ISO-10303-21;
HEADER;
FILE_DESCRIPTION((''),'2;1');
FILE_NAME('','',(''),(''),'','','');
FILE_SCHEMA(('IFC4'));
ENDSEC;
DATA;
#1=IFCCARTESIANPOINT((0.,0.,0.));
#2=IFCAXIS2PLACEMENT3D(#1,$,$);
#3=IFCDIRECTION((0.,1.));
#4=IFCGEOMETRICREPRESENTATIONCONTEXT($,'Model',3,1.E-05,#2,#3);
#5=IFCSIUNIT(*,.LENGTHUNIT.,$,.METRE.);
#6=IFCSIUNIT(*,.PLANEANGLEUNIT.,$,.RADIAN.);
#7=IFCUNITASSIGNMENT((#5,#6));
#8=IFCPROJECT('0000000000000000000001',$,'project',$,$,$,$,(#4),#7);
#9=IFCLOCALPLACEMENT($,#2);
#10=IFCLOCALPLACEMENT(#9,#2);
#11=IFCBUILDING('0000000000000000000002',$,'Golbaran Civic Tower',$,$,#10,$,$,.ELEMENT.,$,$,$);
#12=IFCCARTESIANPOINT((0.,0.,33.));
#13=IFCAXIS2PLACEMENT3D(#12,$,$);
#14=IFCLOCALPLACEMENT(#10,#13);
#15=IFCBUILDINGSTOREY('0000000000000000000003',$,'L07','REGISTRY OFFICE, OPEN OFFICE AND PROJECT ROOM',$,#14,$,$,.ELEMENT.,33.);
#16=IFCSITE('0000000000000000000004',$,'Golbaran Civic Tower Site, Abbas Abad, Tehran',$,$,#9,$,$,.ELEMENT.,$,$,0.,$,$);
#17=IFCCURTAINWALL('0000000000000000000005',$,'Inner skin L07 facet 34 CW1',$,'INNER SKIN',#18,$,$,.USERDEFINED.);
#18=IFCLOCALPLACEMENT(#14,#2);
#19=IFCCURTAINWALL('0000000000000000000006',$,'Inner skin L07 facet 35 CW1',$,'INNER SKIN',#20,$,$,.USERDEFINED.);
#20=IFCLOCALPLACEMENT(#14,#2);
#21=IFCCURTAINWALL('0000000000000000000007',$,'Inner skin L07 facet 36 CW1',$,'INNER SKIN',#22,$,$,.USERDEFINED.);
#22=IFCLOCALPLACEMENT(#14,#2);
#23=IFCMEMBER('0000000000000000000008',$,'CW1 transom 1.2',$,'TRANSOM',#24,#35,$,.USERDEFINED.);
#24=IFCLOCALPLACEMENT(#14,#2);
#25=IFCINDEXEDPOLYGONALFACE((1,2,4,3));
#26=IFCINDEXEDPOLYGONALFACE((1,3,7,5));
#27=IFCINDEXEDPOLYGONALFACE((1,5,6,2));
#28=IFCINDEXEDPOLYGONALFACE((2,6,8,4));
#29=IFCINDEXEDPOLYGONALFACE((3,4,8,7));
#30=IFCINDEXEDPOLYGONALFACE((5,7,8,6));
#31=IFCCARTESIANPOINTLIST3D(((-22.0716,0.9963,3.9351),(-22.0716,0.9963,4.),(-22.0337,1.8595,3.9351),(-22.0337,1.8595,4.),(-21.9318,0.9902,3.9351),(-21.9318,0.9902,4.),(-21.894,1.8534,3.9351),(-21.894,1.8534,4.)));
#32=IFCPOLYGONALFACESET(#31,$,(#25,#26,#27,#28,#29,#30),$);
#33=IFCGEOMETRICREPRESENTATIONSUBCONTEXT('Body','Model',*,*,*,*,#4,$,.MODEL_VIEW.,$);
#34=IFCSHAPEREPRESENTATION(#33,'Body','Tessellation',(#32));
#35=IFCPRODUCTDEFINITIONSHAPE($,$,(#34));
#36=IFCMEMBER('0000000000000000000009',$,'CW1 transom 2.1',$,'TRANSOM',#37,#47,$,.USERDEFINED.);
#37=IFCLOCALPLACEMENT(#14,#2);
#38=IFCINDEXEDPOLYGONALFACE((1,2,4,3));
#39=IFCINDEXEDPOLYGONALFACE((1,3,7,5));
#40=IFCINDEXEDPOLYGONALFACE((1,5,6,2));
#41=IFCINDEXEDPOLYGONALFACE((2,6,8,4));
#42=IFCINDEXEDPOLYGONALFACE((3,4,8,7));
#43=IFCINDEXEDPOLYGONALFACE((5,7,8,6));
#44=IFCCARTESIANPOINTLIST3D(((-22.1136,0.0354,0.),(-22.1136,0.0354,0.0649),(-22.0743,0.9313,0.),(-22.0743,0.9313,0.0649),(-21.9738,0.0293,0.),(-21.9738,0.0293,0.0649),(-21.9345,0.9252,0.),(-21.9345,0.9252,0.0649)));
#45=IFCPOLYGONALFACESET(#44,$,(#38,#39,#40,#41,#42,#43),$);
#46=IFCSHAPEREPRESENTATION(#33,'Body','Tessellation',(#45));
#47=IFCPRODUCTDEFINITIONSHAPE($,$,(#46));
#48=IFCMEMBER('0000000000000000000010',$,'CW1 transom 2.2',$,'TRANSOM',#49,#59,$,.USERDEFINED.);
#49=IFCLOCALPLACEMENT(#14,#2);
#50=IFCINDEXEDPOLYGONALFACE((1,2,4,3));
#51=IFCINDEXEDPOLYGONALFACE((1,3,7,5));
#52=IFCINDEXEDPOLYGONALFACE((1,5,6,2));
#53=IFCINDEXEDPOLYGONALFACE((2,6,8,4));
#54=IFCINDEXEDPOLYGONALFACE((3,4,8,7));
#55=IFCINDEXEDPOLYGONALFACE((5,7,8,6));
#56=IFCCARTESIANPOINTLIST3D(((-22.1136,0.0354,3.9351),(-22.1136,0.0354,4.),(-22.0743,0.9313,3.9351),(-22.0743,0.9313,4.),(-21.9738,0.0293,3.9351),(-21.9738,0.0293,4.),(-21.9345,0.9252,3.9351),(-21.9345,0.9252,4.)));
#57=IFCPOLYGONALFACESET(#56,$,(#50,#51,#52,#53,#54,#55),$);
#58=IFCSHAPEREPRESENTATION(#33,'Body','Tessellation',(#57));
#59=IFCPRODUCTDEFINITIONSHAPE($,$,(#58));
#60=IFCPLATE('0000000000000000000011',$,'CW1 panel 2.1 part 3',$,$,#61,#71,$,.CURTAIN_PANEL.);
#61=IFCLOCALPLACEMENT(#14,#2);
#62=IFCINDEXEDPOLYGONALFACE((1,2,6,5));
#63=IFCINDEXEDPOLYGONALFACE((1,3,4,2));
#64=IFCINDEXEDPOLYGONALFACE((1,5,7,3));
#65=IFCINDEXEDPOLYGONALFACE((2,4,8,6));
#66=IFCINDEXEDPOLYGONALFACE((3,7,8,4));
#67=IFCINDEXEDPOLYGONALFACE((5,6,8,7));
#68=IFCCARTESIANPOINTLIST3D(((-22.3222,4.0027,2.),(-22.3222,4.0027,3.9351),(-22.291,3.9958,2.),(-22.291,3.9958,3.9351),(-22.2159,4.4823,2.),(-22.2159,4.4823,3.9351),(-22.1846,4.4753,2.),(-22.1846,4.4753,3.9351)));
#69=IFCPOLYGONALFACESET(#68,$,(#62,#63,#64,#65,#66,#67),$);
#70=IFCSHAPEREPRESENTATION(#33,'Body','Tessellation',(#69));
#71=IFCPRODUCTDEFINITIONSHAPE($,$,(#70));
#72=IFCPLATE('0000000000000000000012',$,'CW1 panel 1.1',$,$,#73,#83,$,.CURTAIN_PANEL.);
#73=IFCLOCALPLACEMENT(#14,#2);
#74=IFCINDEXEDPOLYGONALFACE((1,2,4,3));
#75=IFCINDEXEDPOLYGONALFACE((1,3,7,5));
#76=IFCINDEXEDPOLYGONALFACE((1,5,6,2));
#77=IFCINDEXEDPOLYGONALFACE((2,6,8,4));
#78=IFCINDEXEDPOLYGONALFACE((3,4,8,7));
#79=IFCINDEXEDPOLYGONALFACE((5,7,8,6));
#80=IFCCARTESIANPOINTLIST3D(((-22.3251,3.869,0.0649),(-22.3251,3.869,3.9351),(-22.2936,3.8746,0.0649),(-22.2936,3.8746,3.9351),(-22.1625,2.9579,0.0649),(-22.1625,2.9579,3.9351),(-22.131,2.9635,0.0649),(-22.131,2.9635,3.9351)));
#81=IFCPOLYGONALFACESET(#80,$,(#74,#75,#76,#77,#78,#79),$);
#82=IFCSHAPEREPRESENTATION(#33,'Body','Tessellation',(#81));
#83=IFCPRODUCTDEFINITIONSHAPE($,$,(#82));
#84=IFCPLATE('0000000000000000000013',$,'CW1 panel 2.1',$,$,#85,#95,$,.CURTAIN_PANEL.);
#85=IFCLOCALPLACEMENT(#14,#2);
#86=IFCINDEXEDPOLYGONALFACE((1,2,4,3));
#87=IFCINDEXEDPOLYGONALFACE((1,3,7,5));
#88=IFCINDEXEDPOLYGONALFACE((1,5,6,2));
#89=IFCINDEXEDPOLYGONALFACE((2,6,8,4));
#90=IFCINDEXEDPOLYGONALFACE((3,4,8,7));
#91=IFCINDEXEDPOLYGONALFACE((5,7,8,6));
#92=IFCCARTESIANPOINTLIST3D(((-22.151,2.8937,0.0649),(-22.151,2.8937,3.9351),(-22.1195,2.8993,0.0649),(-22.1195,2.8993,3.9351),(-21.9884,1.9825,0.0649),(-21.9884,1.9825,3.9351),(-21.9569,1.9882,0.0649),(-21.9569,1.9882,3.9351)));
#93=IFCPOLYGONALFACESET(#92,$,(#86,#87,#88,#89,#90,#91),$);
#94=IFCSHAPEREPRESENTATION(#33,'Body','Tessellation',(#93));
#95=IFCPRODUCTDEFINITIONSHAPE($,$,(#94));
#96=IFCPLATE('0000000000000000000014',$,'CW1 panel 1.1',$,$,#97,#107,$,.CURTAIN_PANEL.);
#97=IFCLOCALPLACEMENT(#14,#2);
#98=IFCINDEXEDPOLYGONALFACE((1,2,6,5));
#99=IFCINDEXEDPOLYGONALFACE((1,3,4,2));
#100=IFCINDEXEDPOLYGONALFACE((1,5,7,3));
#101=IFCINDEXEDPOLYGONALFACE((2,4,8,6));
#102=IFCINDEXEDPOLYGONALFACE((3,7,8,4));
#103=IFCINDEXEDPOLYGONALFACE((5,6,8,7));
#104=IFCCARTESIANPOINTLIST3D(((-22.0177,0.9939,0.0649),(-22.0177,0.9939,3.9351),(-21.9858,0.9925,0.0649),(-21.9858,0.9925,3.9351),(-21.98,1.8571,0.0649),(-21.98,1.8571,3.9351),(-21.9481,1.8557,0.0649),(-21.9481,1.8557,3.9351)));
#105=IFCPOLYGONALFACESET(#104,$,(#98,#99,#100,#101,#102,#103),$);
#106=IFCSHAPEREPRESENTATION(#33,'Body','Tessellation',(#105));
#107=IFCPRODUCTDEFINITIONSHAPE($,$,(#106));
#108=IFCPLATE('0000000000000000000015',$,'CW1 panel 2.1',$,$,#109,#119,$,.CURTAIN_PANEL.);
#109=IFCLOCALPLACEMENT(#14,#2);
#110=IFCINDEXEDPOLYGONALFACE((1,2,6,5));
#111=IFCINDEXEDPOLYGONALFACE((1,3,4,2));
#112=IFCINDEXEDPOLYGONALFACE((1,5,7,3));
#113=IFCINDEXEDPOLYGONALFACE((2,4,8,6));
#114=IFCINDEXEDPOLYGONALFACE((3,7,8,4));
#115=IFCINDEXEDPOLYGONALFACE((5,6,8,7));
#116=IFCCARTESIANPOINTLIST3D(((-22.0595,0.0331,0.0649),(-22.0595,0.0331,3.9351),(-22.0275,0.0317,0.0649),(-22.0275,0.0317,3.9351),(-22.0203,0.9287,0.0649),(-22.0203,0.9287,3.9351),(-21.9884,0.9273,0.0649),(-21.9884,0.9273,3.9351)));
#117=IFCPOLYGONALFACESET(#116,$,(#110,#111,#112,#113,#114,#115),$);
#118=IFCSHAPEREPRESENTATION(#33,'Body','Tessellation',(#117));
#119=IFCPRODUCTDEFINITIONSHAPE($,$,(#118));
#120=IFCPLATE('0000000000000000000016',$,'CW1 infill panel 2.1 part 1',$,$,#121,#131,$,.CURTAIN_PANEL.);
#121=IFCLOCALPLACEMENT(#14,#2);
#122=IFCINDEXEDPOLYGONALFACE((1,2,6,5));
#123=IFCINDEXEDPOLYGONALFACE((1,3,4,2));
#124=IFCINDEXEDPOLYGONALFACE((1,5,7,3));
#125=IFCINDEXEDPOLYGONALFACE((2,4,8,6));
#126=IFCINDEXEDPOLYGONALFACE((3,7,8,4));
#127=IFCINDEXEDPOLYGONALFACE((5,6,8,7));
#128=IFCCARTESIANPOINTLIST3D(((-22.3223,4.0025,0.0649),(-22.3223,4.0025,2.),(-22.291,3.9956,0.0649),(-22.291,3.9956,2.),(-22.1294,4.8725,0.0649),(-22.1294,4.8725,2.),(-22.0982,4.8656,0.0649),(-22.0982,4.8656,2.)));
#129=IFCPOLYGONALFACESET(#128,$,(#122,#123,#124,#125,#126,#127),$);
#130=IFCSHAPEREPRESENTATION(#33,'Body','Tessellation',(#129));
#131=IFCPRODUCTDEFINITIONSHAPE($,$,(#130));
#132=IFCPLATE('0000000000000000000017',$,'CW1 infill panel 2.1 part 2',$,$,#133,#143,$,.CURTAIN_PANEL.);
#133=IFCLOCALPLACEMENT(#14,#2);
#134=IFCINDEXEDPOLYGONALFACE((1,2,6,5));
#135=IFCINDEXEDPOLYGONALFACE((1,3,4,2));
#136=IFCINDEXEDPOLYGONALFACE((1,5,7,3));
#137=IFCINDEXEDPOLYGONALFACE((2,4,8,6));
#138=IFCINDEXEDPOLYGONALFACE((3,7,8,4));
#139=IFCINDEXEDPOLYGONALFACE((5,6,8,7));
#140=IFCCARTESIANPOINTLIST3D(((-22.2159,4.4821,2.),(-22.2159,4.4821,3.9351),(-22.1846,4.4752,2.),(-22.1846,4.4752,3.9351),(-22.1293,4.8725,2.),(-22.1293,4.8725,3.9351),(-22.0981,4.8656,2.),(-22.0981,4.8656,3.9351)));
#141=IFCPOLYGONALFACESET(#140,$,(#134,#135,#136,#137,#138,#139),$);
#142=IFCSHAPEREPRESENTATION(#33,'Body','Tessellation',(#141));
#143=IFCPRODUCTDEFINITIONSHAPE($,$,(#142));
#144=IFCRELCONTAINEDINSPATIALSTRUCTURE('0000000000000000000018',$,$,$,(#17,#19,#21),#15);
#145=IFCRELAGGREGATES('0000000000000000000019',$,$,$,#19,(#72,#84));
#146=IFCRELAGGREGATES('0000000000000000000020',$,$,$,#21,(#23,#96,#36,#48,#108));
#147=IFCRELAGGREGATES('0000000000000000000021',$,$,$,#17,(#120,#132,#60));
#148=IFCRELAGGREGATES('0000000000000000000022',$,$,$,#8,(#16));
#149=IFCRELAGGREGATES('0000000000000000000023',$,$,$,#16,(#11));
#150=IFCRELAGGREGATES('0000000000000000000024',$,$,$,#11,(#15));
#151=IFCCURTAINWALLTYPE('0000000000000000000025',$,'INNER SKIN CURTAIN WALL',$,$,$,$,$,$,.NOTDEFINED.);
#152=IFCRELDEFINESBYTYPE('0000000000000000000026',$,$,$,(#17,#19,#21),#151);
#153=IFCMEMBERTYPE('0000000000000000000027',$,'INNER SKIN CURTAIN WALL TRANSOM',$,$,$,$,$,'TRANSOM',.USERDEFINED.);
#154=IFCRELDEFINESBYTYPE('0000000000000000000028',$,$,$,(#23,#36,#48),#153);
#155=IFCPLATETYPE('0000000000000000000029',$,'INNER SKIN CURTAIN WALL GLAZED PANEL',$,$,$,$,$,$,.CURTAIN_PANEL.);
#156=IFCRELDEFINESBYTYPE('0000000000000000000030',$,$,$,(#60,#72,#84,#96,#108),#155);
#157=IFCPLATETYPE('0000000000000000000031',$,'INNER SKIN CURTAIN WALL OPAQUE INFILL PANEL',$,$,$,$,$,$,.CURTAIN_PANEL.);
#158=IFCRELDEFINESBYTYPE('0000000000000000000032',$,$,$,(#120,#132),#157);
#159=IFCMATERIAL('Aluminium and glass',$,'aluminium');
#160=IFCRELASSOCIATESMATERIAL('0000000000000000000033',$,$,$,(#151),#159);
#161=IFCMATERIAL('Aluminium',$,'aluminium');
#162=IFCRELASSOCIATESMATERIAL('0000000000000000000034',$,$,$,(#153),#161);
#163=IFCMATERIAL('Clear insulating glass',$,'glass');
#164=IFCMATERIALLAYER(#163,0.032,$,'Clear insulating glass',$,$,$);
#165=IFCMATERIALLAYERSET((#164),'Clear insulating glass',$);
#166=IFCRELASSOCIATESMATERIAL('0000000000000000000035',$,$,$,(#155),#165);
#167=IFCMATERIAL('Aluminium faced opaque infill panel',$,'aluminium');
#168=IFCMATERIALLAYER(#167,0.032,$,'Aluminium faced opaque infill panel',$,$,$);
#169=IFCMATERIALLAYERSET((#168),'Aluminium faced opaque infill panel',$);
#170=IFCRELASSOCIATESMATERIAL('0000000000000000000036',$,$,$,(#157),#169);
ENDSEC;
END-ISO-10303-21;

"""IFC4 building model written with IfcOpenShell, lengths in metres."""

from ifc_helpers import new_model, si_unit, direction, frame, origin, origin_2d, place, context, subcontext, project, spatial, rectangle, extrude, material, layer, layer_set, material_profile, profile_set, type_object, element, aggregate, save


model = new_model("IFC4")

# Units and contexts
model_context = context("Model", 3, precision=1e-05, world=origin(), true_north=direction((0.0, 1.0)))
body_context = subcontext(model_context, "Body", "Model", "MODEL_VIEW")
ifc_project = project(units=[si_unit("LENGTHUNIT", "METRE"), si_unit("PLANEANGLEUNIT", "RADIAN")], contexts=[model_context])

# Site, building, storey
site_placement = place(None, origin())
site = spatial("IfcSite", under=ifc_project, at=site_placement, Name="Golbaran Civic Tower Site, Abbas Abad, Tehran", CompositionType="ELEMENT", RefElevation=0.0)
building_placement = place(site_placement, origin())
building = spatial("IfcBuilding", under=site, at=building_placement, Name="Golbaran Civic Tower", CompositionType="ELEMENT")
storey_placement = place(building_placement, frame((0.0, 0.0, 33.0)))
storey = spatial("IfcBuildingStorey", under=building, at=storey_placement, Name="L07", Description="REGISTRY OFFICE, OPEN OFFICE AND PROJECT ROOM", CompositionType="ELEMENT", Elevation=33.0)

# Curtain walls
ifc_material_1 = material(Name="Aluminium and glass", Category="aluminium")
curtain_wall_type = type_object("IfcCurtainWallType", Name="INNER SKIN CURTAIN WALL", PredefinedType="NOTDEFINED", material=ifc_material_1)
curtain_wall_1_placement = place(storey_placement, origin())
curtain_wall_1 = element("IfcCurtainWall", 1, at=curtain_wall_1_placement, inside=storey, type_object=curtain_wall_type, Name="Inner skin L07 facet 34 CW1", ObjectType="INNER SKIN", PredefinedType="USERDEFINED")
ifc_material_2 = material(Name="Aluminium", Category="aluminium")
curtain_wall_2_placement = place(storey_placement, origin())
curtain_wall_2 = element("IfcCurtainWall", 2, at=curtain_wall_2_placement, inside=storey, type_object=curtain_wall_type, Name="Inner skin L07 facet 35 CW1", ObjectType="INNER SKIN", PredefinedType="USERDEFINED")
curtain_wall_3_placement = place(storey_placement, origin())
curtain_wall_3 = element("IfcCurtainWall", 3, at=curtain_wall_3_placement, inside=storey, type_object=curtain_wall_type, Name="Inner skin L07 facet 36 CW1", ObjectType="INNER SKIN", PredefinedType="USERDEFINED")

# Members
ifc_material_profile_1 = material_profile(ifc_material_2, rectangle(XDim=0.1399, YDim=0.0649, at=origin_2d()), Name="INNER SKIN CURTAIN WALL TRANSOM")
ifc_profile_set_1 = profile_set([ifc_material_profile_1], Name="Aluminium")
member_type_1 = type_object("IfcMemberType", Name="INNER SKIN CURTAIN WALL TRANSOM", ElementType="TRANSOM", PredefinedType="USERDEFINED", material=ifc_profile_set_1)
member_1_placement = place(storey_placement, frame((-21.9639, 1.8564, 3.9675), z_axis=(-0.043793, -0.999041, 0.0), x_axis=(0.999041, -0.043793, 0.0)))
member_1 = element("IfcMember", 4, at=member_1_placement, type_object=member_type_1, Name="CW1 transom 1.2", ObjectType="TRANSOM", PredefinedType="USERDEFINED", context=body_context, shape_type="SweptSolid", body=[
    extrude(rectangle(XDim=0.1399, YDim=0.0649, at=origin_2d()), origin(), (0.0, 0.0, 1.0), 0.864),
])
member_2_placement = place(storey_placement, frame((-22.0044, 0.9282, 0.0325), z_axis=(-0.043839, -0.999039, 0.0), x_axis=(0.999039, -0.043839, 0.0)))
member_2 = element("IfcMember", 5, at=member_2_placement, type_object=member_type_1, Name="CW1 transom 2.1", ObjectType="TRANSOM", PredefinedType="USERDEFINED", context=body_context, shape_type="SweptSolid", body=[
    extrude(rectangle(XDim=0.1399, YDim=0.0649, at=origin_2d()), origin(), (0.0, 0.0, 1.0), 0.8967),
])
member_3_placement = place(storey_placement, frame((-22.0044, 0.9282, 3.9675), z_axis=(-0.043839, -0.999039, 0.0), x_axis=(0.999039, -0.043839, 0.0)))
member_3 = element("IfcMember", 6, at=member_3_placement, type_object=member_type_1, Name="CW1 transom 2.2", ObjectType="TRANSOM", PredefinedType="USERDEFINED", context=body_context, shape_type="SweptSolid", body=[
    extrude(rectangle(XDim=0.1399, YDim=0.0649, at=origin_2d()), origin(), (0.0, 0.0, 1.0), 0.8967),
])

# Plates
ifc_material_3 = material(Name="Clear insulating glass", Category="glass")
ifc_layer_1 = layer(ifc_material_3, 0.032, Name="Clear insulating glass")
ifc_layer_set_1 = layer_set([ifc_layer_1], Name="Clear insulating glass")
plate_type_1 = type_object("IfcPlateType", Name="INNER SKIN CURTAIN WALL GLAZED PANEL", PredefinedType="CURTAIN_PANEL", material=ifc_layer_set_1)
plate_1_placement = place(storey_placement, frame((-22.2534, 4.239, 2.0), z_axis=(0.0, 0.0, 1.0), x_axis=(-0.21644, -0.976296, 0.0)))
plate_1 = element("IfcPlate", 7, at=plate_1_placement, type_object=plate_type_1, Name="CW1 panel 2.1 part 3", PredefinedType="CURTAIN_PANEL", context=body_context, shape_type="SweptSolid", body=[
    extrude(rectangle(XDim=0.4912, YDim=0.032, at=origin_2d()), origin(), (0.0, 0.0, 1.0), 1.9351),
])
plate_2_placement = place(storey_placement, frame((-22.228, 3.4163, 0.0649), z_axis=(0.0, 0.0, 1.0), x_axis=(0.175717, -0.984441, 0.0)))
plate_2 = element("IfcPlate", 8, at=plate_2_placement, type_object=plate_type_1, Name="CW1 panel 1.1", PredefinedType="CURTAIN_PANEL", context=body_context, shape_type="SweptSolid", body=[
    extrude(rectangle(XDim=0.9255, YDim=0.032, at=origin_2d()), origin(), (0.0, 0.0, 1.0), 3.8701),
])
plate_3_placement = place(storey_placement, frame((-22.054, 2.4409, 0.0649), z_axis=(0.0, 0.0, 1.0), x_axis=(0.175717, -0.984441, 0.0)))
plate_3 = element("IfcPlate", 9, at=plate_3_placement, type_object=plate_type_1, Name="CW1 panel 2.1", PredefinedType="CURTAIN_PANEL", context=body_context, shape_type="SweptSolid", body=[
    extrude(rectangle(XDim=0.9255, YDim=0.032, at=origin_2d()), origin(), (0.0, 0.0, 1.0), 3.8701),
])
aggregate(curtain_wall_2, [plate_2, plate_3])
plate_4_placement = place(storey_placement, frame((-21.9829, 1.4248, 0.0649), z_axis=(0.0, 0.0, 1.0), x_axis=(-0.043619, -0.999048, 0.0)))
plate_4 = element("IfcPlate", 10, at=plate_4_placement, type_object=plate_type_1, Name="CW1 panel 1.1", PredefinedType="CURTAIN_PANEL", context=body_context, shape_type="SweptSolid", body=[
    extrude(rectangle(XDim=0.864, YDim=0.032, at=origin_2d()), origin(), (0.0, 0.0, 1.0), 3.8701),
])
plate_5_placement = place(storey_placement, frame((-22.0239, 0.4802, 0.0649), z_axis=(0.0, 0.0, 1.0), x_axis=(-0.043619, -0.999048, 0.0)))
plate_5 = element("IfcPlate", 11, at=plate_5_placement, type_object=plate_type_1, Name="CW1 panel 2.1", PredefinedType="CURTAIN_PANEL", context=body_context, shape_type="SweptSolid", body=[
    extrude(rectangle(XDim=0.8965, YDim=0.032, at=origin_2d()), origin(), (0.0, 0.0, 1.0), 3.8701),
])
aggregate(curtain_wall_3, [member_1, plate_4, member_2, member_3, plate_5])
ifc_material_4 = material(Name="Aluminium faced opaque infill panel", Category="aluminium")
ifc_layer_2 = layer(ifc_material_4, 0.032, Name="Aluminium faced opaque infill panel")
ifc_layer_set_2 = layer_set([ifc_layer_2], Name="Aluminium faced opaque infill panel")
plate_type_2 = type_object("IfcPlateType", Name="INNER SKIN CURTAIN WALL OPAQUE INFILL PANEL", PredefinedType="CURTAIN_PANEL", material=ifc_layer_set_2)
plate_6_placement = place(storey_placement, frame((-22.2102, 4.4341, 0.0649), z_axis=(0.0, 0.0, 1.0), x_axis=(-0.21644, -0.976296, 0.0)))
plate_6 = element("IfcPlate", 12, at=plate_6_placement, type_object=plate_type_2, Name="CW1 infill panel 2.1 part 1", PredefinedType="CURTAIN_PANEL", context=body_context, shape_type="SweptSolid", body=[
    extrude(rectangle(XDim=0.8911, YDim=0.032, at=origin_2d()), origin(), (0.0, 0.0, 1.0), 1.9351),
])
plate_7_placement = place(storey_placement, frame((-22.157, 4.6738, 2.0), z_axis=(0.0, 0.0, 1.0), x_axis=(-0.21644, -0.976296, 0.0)))
plate_7 = element("IfcPlate", 13, at=plate_7_placement, type_object=plate_type_2, Name="CW1 infill panel 2.1 part 2", PredefinedType="CURTAIN_PANEL", context=body_context, shape_type="SweptSolid", body=[
    extrude(rectangle(XDim=0.3999, YDim=0.032, at=origin_2d()), origin(), (0.0, 0.0, 1.0), 1.9351),
])
aggregate(curtain_wall_1, [plate_6, plate_7, plate_1])

save(model, "model.ifc")
